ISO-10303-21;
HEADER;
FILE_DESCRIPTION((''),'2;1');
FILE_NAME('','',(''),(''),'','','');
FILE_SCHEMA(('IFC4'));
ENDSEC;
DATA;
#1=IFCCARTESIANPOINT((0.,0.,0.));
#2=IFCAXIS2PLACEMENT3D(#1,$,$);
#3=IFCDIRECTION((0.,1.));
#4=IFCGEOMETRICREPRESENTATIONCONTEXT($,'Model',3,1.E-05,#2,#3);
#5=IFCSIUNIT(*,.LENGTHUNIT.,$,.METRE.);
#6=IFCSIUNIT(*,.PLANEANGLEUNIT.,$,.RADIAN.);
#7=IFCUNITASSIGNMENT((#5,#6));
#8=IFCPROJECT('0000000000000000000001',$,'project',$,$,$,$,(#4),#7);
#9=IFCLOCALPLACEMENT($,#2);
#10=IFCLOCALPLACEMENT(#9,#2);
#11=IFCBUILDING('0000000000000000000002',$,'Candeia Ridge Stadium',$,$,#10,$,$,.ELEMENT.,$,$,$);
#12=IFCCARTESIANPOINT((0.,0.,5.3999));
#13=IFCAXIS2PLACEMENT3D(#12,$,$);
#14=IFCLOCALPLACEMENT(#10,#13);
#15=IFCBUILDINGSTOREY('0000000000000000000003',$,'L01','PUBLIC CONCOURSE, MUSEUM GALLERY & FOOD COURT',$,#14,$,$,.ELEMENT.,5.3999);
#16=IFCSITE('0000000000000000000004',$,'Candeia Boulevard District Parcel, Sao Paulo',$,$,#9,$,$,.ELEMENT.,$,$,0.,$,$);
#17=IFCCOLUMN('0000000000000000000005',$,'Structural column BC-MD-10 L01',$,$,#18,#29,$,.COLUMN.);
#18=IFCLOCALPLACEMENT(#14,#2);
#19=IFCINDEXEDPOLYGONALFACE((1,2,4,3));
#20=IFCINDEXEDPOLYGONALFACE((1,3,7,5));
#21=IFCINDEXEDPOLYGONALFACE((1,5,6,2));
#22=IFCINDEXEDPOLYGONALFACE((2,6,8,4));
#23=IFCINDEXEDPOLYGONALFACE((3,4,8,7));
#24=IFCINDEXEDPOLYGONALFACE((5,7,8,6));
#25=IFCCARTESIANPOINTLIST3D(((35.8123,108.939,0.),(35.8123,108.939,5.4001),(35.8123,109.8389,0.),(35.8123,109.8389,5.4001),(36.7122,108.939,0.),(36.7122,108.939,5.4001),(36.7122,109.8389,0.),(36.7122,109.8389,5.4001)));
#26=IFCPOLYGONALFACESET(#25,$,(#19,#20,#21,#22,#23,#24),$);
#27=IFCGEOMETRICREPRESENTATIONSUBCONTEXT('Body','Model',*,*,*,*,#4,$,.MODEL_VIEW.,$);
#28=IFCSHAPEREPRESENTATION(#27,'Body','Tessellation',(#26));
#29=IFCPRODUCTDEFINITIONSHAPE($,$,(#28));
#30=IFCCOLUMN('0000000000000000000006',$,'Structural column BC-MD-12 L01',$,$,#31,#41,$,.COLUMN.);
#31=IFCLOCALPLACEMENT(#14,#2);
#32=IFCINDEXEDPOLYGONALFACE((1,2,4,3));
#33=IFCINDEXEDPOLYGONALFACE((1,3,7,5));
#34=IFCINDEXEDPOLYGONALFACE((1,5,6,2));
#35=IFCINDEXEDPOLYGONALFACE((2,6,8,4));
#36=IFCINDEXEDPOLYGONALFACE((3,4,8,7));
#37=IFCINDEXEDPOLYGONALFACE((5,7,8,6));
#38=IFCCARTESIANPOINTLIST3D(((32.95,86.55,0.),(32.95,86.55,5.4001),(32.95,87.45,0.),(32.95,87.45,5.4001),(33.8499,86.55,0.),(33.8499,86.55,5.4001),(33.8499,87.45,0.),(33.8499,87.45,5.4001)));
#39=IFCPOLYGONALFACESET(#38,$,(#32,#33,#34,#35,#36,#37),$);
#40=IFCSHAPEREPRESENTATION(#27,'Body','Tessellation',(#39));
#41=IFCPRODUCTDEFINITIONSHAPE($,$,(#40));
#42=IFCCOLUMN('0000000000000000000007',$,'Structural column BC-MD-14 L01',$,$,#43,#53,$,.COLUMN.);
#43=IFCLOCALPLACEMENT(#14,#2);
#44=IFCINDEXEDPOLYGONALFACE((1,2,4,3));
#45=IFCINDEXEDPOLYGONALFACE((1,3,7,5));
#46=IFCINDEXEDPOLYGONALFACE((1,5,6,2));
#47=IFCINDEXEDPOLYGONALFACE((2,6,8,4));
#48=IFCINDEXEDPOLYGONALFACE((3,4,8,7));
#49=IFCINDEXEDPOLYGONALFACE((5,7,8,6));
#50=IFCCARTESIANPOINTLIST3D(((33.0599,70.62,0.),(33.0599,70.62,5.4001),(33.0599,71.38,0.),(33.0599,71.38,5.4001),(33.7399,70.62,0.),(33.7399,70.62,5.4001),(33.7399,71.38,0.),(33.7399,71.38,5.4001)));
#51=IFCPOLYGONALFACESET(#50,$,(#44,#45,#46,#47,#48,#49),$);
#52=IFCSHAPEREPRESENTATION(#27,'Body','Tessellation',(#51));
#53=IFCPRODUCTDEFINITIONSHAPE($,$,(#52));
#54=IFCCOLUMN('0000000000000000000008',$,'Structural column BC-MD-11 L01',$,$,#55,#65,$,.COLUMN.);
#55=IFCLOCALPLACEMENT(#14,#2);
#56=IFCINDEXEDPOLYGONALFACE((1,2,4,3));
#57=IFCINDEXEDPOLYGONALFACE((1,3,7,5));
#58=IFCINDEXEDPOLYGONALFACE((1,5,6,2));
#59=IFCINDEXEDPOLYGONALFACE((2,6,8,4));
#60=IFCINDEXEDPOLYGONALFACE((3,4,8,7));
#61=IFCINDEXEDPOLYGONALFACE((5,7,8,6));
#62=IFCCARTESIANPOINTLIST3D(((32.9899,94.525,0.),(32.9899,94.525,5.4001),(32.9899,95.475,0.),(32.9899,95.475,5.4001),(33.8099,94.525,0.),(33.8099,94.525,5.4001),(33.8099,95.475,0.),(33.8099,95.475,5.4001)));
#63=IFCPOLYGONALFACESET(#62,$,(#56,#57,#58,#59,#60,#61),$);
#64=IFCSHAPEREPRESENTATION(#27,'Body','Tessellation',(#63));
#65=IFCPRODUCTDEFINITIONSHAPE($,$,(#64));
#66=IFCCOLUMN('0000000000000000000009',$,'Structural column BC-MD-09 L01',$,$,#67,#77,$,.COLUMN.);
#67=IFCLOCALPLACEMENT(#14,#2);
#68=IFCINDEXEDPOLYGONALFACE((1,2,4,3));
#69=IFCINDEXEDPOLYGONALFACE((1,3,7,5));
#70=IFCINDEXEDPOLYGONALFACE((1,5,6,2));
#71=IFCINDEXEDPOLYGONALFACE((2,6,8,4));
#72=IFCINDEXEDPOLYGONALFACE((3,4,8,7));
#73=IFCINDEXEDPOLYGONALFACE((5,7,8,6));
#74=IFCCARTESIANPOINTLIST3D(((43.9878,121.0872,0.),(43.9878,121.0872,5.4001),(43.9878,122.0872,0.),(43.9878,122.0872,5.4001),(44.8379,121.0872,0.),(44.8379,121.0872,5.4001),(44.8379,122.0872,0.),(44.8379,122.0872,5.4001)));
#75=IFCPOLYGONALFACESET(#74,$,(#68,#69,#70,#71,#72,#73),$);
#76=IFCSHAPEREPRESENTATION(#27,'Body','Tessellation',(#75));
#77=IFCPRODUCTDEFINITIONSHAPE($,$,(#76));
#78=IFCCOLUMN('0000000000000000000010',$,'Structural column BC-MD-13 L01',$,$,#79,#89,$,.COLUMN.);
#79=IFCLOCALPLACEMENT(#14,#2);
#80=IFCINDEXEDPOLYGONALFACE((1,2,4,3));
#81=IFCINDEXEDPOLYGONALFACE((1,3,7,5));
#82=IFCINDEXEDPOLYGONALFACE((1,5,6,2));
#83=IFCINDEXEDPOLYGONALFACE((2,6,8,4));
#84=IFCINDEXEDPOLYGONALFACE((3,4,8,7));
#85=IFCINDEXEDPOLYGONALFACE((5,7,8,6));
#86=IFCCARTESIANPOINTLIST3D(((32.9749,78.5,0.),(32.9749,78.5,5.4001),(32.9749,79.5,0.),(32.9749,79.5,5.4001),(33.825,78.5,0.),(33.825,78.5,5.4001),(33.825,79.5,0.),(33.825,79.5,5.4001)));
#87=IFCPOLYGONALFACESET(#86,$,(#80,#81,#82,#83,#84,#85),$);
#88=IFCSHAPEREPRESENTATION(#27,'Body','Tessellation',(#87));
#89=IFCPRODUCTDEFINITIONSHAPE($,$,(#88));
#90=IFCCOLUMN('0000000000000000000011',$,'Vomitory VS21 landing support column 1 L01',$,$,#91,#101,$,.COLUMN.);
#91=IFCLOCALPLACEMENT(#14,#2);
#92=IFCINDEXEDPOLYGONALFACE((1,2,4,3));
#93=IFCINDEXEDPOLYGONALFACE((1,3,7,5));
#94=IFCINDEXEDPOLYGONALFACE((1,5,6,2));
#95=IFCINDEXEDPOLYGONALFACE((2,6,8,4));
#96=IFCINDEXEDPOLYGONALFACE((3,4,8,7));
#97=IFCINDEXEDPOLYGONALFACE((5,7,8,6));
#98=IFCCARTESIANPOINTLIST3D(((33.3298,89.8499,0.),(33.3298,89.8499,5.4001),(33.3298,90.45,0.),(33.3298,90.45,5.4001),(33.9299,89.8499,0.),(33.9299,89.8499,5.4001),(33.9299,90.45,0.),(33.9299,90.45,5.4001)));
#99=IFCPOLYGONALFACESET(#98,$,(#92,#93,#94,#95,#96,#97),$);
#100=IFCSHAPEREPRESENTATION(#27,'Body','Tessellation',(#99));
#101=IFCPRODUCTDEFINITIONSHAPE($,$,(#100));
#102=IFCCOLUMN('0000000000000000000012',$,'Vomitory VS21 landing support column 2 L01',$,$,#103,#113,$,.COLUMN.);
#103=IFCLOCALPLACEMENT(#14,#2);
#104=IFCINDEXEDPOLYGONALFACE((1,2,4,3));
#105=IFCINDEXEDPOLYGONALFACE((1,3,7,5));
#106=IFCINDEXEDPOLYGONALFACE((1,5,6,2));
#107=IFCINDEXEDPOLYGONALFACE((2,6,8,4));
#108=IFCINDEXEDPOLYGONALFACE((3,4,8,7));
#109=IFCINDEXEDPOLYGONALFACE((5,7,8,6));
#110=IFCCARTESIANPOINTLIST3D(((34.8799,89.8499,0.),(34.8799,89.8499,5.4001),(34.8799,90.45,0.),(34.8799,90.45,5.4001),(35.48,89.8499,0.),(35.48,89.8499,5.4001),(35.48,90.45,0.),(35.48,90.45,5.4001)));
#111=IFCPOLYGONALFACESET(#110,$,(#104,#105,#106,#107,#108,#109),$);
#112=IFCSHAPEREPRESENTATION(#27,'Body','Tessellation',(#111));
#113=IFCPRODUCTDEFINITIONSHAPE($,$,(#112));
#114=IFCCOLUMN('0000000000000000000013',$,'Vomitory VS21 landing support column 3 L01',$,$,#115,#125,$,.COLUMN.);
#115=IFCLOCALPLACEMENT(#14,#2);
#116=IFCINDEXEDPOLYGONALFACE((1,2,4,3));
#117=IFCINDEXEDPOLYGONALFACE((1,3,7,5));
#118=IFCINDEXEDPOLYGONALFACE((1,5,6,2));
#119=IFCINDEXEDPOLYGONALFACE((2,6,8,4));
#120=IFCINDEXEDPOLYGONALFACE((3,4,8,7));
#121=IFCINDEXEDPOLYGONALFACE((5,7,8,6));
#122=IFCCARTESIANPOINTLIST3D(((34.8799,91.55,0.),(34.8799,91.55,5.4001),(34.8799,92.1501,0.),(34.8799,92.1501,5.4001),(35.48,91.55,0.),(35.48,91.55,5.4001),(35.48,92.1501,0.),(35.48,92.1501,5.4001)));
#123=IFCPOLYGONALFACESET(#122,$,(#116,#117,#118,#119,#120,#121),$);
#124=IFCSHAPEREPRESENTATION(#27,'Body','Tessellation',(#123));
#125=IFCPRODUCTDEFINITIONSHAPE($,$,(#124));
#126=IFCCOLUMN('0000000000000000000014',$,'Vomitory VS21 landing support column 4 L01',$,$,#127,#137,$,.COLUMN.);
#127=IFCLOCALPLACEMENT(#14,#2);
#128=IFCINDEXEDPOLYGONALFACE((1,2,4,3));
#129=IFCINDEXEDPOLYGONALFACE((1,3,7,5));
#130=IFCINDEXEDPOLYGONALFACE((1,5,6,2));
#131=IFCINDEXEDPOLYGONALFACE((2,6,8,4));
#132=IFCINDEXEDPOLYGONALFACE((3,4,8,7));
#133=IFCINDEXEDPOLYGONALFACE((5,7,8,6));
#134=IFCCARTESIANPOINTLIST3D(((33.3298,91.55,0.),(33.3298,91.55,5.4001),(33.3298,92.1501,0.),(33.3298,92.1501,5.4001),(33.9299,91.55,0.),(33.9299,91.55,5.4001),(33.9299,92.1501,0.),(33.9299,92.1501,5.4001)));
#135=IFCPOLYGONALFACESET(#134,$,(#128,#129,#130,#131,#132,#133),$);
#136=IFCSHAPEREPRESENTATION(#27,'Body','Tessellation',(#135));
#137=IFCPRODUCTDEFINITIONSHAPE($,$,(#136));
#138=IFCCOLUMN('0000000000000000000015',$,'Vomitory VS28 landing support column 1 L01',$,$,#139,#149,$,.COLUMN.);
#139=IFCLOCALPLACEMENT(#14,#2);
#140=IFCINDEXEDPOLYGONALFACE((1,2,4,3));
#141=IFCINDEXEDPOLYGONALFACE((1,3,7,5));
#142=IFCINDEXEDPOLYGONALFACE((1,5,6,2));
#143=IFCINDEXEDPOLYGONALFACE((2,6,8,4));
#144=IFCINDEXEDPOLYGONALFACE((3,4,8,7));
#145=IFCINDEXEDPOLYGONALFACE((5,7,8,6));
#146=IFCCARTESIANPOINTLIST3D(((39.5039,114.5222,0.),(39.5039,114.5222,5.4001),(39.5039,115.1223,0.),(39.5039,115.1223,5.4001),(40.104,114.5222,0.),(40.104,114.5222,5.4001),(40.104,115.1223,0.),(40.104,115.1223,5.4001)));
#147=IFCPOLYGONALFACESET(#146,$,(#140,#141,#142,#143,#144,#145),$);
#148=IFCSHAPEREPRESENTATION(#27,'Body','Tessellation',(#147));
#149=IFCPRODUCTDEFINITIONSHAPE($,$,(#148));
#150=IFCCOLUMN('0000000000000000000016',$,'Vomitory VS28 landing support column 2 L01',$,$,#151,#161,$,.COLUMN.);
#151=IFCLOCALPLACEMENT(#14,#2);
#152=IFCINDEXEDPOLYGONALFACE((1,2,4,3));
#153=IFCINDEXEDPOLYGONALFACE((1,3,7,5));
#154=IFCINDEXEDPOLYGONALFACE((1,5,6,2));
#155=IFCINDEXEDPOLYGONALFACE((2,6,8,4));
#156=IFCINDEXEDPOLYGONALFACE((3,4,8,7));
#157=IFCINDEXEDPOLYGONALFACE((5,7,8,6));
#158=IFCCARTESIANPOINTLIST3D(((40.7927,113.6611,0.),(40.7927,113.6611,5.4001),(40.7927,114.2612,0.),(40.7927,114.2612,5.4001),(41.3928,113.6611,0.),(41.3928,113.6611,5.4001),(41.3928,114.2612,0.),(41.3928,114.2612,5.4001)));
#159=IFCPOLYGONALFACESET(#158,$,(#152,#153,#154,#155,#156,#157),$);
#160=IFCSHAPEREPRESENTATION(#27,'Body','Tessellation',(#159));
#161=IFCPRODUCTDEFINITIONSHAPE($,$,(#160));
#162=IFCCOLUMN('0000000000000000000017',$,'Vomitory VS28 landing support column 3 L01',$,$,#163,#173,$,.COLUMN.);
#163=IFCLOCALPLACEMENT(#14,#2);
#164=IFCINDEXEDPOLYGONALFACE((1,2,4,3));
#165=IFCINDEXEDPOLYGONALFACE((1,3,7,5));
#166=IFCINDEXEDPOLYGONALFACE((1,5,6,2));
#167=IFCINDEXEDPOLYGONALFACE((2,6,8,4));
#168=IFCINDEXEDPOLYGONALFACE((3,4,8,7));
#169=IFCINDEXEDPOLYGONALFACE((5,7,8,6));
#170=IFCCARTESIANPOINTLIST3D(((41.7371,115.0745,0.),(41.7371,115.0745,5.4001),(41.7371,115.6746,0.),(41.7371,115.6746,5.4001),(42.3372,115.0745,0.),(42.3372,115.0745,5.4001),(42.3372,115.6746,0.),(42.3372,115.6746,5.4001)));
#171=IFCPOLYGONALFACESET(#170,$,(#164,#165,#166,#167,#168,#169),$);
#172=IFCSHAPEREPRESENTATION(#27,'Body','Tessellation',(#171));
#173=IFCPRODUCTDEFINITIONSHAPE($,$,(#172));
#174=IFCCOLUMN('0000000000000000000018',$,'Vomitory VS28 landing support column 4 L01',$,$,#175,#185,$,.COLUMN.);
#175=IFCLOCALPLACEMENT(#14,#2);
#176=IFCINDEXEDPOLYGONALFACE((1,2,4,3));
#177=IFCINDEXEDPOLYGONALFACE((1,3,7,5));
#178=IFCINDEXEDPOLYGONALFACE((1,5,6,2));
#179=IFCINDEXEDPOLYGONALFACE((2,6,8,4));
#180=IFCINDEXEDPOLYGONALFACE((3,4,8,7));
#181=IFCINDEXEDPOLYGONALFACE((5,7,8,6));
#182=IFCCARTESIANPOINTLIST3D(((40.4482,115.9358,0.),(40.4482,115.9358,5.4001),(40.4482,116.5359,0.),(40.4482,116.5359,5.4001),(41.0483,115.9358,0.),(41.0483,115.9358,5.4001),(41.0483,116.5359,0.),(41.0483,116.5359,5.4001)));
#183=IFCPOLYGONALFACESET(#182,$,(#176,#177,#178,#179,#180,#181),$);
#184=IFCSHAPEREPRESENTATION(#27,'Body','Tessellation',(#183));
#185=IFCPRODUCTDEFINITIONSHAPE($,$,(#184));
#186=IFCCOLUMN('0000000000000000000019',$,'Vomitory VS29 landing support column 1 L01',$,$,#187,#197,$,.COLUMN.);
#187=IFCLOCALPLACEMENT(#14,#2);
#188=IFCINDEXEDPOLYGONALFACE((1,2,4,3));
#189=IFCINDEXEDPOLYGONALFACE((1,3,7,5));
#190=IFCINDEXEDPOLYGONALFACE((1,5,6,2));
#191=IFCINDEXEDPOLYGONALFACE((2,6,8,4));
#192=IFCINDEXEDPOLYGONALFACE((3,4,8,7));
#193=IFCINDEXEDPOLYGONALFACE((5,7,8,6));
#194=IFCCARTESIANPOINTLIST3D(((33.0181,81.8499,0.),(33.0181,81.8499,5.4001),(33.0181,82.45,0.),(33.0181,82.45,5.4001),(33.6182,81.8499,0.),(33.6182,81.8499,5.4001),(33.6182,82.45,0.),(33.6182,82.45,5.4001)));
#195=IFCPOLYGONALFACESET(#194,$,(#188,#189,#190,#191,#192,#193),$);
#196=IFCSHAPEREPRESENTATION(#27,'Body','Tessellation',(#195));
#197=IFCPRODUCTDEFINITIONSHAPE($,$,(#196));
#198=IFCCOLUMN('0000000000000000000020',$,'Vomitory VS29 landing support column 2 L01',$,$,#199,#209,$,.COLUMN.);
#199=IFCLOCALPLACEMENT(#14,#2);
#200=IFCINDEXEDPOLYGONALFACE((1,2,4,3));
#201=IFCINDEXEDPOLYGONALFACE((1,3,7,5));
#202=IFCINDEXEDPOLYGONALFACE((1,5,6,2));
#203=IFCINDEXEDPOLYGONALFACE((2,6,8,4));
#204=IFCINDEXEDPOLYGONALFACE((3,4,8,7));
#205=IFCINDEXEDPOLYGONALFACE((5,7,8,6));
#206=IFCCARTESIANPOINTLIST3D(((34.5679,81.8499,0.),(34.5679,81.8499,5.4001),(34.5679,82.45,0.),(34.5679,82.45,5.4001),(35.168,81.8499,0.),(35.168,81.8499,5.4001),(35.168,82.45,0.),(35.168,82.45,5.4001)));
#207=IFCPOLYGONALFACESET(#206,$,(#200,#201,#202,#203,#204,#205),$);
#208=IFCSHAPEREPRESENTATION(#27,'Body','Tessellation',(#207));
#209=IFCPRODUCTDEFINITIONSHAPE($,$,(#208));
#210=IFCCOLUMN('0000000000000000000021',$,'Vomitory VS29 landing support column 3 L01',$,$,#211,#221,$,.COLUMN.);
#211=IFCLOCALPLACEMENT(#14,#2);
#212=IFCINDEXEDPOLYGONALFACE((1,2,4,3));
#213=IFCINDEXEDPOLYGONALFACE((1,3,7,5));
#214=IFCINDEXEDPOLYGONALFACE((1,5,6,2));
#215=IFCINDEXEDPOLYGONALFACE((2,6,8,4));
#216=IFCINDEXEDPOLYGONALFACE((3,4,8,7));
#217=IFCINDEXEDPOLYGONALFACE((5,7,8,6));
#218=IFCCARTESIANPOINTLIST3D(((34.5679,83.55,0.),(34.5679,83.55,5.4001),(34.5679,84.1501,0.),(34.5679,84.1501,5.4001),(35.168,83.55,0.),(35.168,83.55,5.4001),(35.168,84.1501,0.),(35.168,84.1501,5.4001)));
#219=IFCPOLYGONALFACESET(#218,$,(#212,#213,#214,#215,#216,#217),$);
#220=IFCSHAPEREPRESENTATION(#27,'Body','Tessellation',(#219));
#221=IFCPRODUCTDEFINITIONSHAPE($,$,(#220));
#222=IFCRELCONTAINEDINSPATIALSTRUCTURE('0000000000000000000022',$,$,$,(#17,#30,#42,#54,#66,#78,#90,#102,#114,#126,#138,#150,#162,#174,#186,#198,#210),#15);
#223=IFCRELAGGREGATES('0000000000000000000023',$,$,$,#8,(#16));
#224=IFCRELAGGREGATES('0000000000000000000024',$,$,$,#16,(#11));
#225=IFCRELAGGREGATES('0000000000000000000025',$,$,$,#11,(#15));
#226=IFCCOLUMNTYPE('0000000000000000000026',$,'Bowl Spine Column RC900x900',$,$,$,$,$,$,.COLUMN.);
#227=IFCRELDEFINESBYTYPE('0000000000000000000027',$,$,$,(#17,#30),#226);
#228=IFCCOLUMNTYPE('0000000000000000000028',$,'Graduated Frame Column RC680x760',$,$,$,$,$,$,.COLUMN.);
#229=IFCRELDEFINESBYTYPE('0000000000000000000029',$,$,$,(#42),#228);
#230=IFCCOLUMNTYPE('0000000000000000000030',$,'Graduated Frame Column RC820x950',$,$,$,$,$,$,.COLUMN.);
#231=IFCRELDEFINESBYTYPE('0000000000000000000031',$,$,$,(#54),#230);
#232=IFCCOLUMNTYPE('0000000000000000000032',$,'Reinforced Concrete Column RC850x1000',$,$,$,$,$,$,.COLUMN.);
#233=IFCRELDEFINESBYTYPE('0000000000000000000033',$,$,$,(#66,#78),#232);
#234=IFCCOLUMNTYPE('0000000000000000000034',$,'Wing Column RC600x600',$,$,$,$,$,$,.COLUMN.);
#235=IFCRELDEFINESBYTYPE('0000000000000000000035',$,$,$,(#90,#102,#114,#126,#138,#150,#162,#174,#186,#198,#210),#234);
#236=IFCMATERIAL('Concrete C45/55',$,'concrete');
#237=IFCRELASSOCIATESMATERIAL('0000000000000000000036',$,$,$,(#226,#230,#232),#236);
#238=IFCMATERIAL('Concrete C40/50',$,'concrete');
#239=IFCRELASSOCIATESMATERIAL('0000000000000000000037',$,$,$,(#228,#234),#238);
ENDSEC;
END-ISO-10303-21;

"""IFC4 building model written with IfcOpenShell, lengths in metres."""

from ifc_helpers import new_model, si_unit, direction, frame, origin, origin_2d, place, context, subcontext, project, spatial, rectangle, extrude, material, material_profile, profile_set, type_object, element, save


model = new_model("IFC4")

# Units and contexts
model_context = context("Model", 3, precision=1e-05, world=origin(), true_north=direction((0.0, 1.0)))
body_context = subcontext(model_context, "Body", "Model", "MODEL_VIEW")
ifc_project = project(units=[si_unit("LENGTHUNIT", "METRE"), si_unit("PLANEANGLEUNIT", "RADIAN")], contexts=[model_context])

# Site, building, storey
site_placement = place(None, origin())
site = spatial("IfcSite", under=ifc_project, at=site_placement, Name="Candeia Boulevard District Parcel, Sao Paulo", CompositionType="ELEMENT", RefElevation=0.0)
building_placement = place(site_placement, origin())
building = spatial("IfcBuilding", under=site, at=building_placement, Name="Candeia Ridge Stadium", CompositionType="ELEMENT")
storey_placement = place(building_placement, frame((0.0, 0.0, 5.3999)))
storey = spatial("IfcBuildingStorey", under=building, at=storey_placement, Name="L01", Description="PUBLIC CONCOURSE, MUSEUM GALLERY & FOOD COURT", CompositionType="ELEMENT", Elevation=5.3999)

# Columns
ifc_material_1 = material(Name="Concrete C45/55", Category="concrete")
ifc_material_profile_1 = material_profile(ifc_material_1, rectangle(XDim=0.8999, YDim=0.8999, at=origin_2d()), Name="RC900x900", Category="concrete")
ifc_profile_set_1 = profile_set([ifc_material_profile_1], Name="Concrete C45/55")
column_type_1 = type_object("IfcColumnType", Name="Bowl Spine Column RC900x900", PredefinedType="COLUMN", material=ifc_profile_set_1)
for number, where, z_axis, x_axis, name in (
    (1, (36.2622, 109.3889, 0.0), (0.0, 0.0, 1.0), (1.0, 0.0, 0.0), "Structural column BC-MD-10 L01"),
    (2, (33.3999, 87.0, 0.0), (0.0, 0.0, 1.0), (1.0, 0.0, 0.0), "Structural column BC-MD-12 L01"),
):
    element("IfcColumn", number, at=place(storey_placement, frame(where, z_axis=z_axis, x_axis=x_axis)), inside=storey, type_object=column_type_1, Name=name, PredefinedType="COLUMN", context=body_context, shape_type="SweptSolid", body=[
        extrude(rectangle(XDim=0.8999, YDim=0.8999, at=origin_2d()), origin(), (0.0, 0.0, 1.0), 5.4001),
    ])
ifc_material_2 = material(Name="Concrete C40/50", Category="concrete")
ifc_material_profile_2 = material_profile(ifc_material_2, rectangle(XDim=0.6799, YDim=0.76, at=origin_2d()), Name="RC680x760", Category="concrete")
ifc_profile_set_2 = profile_set([ifc_material_profile_2], Name="Concrete C40/50")
column_type_2 = type_object("IfcColumnType", Name="Graduated Frame Column RC680x760", PredefinedType="COLUMN", material=ifc_profile_set_2)
column_1_placement = place(storey_placement, frame((33.3999, 71.0, 0.0), z_axis=(0.0, 0.0, 1.0), x_axis=(1.0, 0.0, 0.0)))
element("IfcColumn", 3, at=column_1_placement, inside=storey, type_object=column_type_2, Name="Structural column BC-MD-14 L01", PredefinedType="COLUMN", context=body_context, shape_type="SweptSolid", body=[
    extrude(rectangle(XDim=0.6799, YDim=0.76, at=origin_2d()), origin(), (0.0, 0.0, 1.0), 5.4001),
])
ifc_material_profile_3 = material_profile(ifc_material_1, rectangle(XDim=0.8201, YDim=0.95, at=origin_2d()), Name="RC820x950", Category="concrete")
ifc_profile_set_3 = profile_set([ifc_material_profile_3], Name="Concrete C45/55")
column_type_3 = type_object("IfcColumnType", Name="Graduated Frame Column RC820x950", PredefinedType="COLUMN", material=ifc_profile_set_3)
column_2_placement = place(storey_placement, frame((33.3999, 95.0, 0.0), z_axis=(0.0, 0.0, 1.0), x_axis=(1.0, 0.0, 0.0)))
element("IfcColumn", 4, at=column_2_placement, inside=storey, type_object=column_type_3, Name="Structural column BC-MD-11 L01", PredefinedType="COLUMN", context=body_context, shape_type="SweptSolid", body=[
    extrude(rectangle(XDim=0.8201, YDim=0.95, at=origin_2d()), origin(), (0.0, 0.0, 1.0), 5.4001),
])
ifc_material_profile_4 = material_profile(ifc_material_1, rectangle(XDim=0.8501, YDim=1.0, at=origin_2d()), Name="RC850x1000", Category="concrete")
ifc_profile_set_4 = profile_set([ifc_material_profile_4], Name="Concrete C45/55")
column_type_4 = type_object("IfcColumnType", Name="Reinforced Concrete Column RC850x1000", PredefinedType="COLUMN", material=ifc_profile_set_4)
for number, where, z_axis, x_axis, name in (
    (5, (44.4128, 121.5872, 0.0), (0.0, 0.0, 1.0), (1.0, 0.0, 0.0), "Structural column BC-MD-09 L01"),
    (6, (33.3999, 79.0, 0.0), (0.0, 0.0, 1.0), (1.0, 0.0, 0.0), "Structural column BC-MD-13 L01"),
):
    element("IfcColumn", number, at=place(storey_placement, frame(where, z_axis=z_axis, x_axis=x_axis)), inside=storey, type_object=column_type_4, Name=name, PredefinedType="COLUMN", context=body_context, shape_type="SweptSolid", body=[
        extrude(rectangle(XDim=0.8501, YDim=1.0, at=origin_2d()), origin(), (0.0, 0.0, 1.0), 5.4001),
    ])
ifc_material_profile_5 = material_profile(ifc_material_2, rectangle(XDim=0.6001, YDim=0.6001, at=origin_2d()), Name="RC600x600", Category="concrete")
ifc_profile_set_5 = profile_set([ifc_material_profile_5], Name="Concrete C40/50")
column_type_5 = type_object("IfcColumnType", Name="Wing Column RC600x600", PredefinedType="COLUMN", material=ifc_profile_set_5)
for number, where, z_axis, x_axis, name in (
    (7, (33.6299, 90.1499, 0.0), (0.0, 0.0, 1.0), (1.0, 0.0, 0.0), "Vomitory VS21 landing support column 1 L01"),
    (8, (35.1799, 90.1499, 0.0), (0.0, 0.0, 1.0), (1.0, 0.0, 0.0), "Vomitory VS21 landing support column 2 L01"),
    (9, (35.1799, 91.8501, 0.0), (0.0, 0.0, 1.0), (1.0, 0.0, 0.0), "Vomitory VS21 landing support column 3 L01"),
    (10, (33.6299, 91.8501, 0.0), (0.0, 0.0, 1.0), (1.0, 0.0, 0.0), "Vomitory VS21 landing support column 4 L01"),
    (11, (39.804, 114.8223, 0.0), (0.0, 0.0, 1.0), (1.0, 0.0, 0.0), "Vomitory VS28 landing support column 1 L01"),
    (12, (41.0928, 113.9612, 0.0), (0.0, 0.0, 1.0), (1.0, 0.0, 0.0), "Vomitory VS28 landing support column 2 L01"),
    (13, (42.0371, 115.3745, 0.0), (0.0, 0.0, 1.0), (1.0, 0.0, 0.0), "Vomitory VS28 landing support column 3 L01"),
    (14, (40.7483, 116.2358, 0.0), (0.0, 0.0, 1.0), (1.0, 0.0, 0.0), "Vomitory VS28 landing support column 4 L01"),
    (15, (33.3181, 82.1499, 0.0), (0.0, 0.0, 1.0), (1.0, 0.0, 0.0), "Vomitory VS29 landing support column 1 L01"),
    (16, (34.8679, 82.1499, 0.0), (0.0, 0.0, 1.0), (1.0, 0.0, 0.0), "Vomitory VS29 landing support column 2 L01"),
    (17, (34.8679, 83.8501, 0.0), (0.0, 0.0, 1.0), (1.0, 0.0, 0.0), "Vomitory VS29 landing support column 3 L01"),
):
    element("IfcColumn", number, at=place(storey_placement, frame(where, z_axis=z_axis, x_axis=x_axis)), inside=storey, type_object=column_type_5, Name=name, PredefinedType="COLUMN", context=body_context, shape_type="SweptSolid", body=[
        extrude(rectangle(XDim=0.6001, YDim=0.6001, at=origin_2d()), origin(), (0.0, 0.0, 1.0), 5.4001),
    ])

save(model, "model.ifc")
